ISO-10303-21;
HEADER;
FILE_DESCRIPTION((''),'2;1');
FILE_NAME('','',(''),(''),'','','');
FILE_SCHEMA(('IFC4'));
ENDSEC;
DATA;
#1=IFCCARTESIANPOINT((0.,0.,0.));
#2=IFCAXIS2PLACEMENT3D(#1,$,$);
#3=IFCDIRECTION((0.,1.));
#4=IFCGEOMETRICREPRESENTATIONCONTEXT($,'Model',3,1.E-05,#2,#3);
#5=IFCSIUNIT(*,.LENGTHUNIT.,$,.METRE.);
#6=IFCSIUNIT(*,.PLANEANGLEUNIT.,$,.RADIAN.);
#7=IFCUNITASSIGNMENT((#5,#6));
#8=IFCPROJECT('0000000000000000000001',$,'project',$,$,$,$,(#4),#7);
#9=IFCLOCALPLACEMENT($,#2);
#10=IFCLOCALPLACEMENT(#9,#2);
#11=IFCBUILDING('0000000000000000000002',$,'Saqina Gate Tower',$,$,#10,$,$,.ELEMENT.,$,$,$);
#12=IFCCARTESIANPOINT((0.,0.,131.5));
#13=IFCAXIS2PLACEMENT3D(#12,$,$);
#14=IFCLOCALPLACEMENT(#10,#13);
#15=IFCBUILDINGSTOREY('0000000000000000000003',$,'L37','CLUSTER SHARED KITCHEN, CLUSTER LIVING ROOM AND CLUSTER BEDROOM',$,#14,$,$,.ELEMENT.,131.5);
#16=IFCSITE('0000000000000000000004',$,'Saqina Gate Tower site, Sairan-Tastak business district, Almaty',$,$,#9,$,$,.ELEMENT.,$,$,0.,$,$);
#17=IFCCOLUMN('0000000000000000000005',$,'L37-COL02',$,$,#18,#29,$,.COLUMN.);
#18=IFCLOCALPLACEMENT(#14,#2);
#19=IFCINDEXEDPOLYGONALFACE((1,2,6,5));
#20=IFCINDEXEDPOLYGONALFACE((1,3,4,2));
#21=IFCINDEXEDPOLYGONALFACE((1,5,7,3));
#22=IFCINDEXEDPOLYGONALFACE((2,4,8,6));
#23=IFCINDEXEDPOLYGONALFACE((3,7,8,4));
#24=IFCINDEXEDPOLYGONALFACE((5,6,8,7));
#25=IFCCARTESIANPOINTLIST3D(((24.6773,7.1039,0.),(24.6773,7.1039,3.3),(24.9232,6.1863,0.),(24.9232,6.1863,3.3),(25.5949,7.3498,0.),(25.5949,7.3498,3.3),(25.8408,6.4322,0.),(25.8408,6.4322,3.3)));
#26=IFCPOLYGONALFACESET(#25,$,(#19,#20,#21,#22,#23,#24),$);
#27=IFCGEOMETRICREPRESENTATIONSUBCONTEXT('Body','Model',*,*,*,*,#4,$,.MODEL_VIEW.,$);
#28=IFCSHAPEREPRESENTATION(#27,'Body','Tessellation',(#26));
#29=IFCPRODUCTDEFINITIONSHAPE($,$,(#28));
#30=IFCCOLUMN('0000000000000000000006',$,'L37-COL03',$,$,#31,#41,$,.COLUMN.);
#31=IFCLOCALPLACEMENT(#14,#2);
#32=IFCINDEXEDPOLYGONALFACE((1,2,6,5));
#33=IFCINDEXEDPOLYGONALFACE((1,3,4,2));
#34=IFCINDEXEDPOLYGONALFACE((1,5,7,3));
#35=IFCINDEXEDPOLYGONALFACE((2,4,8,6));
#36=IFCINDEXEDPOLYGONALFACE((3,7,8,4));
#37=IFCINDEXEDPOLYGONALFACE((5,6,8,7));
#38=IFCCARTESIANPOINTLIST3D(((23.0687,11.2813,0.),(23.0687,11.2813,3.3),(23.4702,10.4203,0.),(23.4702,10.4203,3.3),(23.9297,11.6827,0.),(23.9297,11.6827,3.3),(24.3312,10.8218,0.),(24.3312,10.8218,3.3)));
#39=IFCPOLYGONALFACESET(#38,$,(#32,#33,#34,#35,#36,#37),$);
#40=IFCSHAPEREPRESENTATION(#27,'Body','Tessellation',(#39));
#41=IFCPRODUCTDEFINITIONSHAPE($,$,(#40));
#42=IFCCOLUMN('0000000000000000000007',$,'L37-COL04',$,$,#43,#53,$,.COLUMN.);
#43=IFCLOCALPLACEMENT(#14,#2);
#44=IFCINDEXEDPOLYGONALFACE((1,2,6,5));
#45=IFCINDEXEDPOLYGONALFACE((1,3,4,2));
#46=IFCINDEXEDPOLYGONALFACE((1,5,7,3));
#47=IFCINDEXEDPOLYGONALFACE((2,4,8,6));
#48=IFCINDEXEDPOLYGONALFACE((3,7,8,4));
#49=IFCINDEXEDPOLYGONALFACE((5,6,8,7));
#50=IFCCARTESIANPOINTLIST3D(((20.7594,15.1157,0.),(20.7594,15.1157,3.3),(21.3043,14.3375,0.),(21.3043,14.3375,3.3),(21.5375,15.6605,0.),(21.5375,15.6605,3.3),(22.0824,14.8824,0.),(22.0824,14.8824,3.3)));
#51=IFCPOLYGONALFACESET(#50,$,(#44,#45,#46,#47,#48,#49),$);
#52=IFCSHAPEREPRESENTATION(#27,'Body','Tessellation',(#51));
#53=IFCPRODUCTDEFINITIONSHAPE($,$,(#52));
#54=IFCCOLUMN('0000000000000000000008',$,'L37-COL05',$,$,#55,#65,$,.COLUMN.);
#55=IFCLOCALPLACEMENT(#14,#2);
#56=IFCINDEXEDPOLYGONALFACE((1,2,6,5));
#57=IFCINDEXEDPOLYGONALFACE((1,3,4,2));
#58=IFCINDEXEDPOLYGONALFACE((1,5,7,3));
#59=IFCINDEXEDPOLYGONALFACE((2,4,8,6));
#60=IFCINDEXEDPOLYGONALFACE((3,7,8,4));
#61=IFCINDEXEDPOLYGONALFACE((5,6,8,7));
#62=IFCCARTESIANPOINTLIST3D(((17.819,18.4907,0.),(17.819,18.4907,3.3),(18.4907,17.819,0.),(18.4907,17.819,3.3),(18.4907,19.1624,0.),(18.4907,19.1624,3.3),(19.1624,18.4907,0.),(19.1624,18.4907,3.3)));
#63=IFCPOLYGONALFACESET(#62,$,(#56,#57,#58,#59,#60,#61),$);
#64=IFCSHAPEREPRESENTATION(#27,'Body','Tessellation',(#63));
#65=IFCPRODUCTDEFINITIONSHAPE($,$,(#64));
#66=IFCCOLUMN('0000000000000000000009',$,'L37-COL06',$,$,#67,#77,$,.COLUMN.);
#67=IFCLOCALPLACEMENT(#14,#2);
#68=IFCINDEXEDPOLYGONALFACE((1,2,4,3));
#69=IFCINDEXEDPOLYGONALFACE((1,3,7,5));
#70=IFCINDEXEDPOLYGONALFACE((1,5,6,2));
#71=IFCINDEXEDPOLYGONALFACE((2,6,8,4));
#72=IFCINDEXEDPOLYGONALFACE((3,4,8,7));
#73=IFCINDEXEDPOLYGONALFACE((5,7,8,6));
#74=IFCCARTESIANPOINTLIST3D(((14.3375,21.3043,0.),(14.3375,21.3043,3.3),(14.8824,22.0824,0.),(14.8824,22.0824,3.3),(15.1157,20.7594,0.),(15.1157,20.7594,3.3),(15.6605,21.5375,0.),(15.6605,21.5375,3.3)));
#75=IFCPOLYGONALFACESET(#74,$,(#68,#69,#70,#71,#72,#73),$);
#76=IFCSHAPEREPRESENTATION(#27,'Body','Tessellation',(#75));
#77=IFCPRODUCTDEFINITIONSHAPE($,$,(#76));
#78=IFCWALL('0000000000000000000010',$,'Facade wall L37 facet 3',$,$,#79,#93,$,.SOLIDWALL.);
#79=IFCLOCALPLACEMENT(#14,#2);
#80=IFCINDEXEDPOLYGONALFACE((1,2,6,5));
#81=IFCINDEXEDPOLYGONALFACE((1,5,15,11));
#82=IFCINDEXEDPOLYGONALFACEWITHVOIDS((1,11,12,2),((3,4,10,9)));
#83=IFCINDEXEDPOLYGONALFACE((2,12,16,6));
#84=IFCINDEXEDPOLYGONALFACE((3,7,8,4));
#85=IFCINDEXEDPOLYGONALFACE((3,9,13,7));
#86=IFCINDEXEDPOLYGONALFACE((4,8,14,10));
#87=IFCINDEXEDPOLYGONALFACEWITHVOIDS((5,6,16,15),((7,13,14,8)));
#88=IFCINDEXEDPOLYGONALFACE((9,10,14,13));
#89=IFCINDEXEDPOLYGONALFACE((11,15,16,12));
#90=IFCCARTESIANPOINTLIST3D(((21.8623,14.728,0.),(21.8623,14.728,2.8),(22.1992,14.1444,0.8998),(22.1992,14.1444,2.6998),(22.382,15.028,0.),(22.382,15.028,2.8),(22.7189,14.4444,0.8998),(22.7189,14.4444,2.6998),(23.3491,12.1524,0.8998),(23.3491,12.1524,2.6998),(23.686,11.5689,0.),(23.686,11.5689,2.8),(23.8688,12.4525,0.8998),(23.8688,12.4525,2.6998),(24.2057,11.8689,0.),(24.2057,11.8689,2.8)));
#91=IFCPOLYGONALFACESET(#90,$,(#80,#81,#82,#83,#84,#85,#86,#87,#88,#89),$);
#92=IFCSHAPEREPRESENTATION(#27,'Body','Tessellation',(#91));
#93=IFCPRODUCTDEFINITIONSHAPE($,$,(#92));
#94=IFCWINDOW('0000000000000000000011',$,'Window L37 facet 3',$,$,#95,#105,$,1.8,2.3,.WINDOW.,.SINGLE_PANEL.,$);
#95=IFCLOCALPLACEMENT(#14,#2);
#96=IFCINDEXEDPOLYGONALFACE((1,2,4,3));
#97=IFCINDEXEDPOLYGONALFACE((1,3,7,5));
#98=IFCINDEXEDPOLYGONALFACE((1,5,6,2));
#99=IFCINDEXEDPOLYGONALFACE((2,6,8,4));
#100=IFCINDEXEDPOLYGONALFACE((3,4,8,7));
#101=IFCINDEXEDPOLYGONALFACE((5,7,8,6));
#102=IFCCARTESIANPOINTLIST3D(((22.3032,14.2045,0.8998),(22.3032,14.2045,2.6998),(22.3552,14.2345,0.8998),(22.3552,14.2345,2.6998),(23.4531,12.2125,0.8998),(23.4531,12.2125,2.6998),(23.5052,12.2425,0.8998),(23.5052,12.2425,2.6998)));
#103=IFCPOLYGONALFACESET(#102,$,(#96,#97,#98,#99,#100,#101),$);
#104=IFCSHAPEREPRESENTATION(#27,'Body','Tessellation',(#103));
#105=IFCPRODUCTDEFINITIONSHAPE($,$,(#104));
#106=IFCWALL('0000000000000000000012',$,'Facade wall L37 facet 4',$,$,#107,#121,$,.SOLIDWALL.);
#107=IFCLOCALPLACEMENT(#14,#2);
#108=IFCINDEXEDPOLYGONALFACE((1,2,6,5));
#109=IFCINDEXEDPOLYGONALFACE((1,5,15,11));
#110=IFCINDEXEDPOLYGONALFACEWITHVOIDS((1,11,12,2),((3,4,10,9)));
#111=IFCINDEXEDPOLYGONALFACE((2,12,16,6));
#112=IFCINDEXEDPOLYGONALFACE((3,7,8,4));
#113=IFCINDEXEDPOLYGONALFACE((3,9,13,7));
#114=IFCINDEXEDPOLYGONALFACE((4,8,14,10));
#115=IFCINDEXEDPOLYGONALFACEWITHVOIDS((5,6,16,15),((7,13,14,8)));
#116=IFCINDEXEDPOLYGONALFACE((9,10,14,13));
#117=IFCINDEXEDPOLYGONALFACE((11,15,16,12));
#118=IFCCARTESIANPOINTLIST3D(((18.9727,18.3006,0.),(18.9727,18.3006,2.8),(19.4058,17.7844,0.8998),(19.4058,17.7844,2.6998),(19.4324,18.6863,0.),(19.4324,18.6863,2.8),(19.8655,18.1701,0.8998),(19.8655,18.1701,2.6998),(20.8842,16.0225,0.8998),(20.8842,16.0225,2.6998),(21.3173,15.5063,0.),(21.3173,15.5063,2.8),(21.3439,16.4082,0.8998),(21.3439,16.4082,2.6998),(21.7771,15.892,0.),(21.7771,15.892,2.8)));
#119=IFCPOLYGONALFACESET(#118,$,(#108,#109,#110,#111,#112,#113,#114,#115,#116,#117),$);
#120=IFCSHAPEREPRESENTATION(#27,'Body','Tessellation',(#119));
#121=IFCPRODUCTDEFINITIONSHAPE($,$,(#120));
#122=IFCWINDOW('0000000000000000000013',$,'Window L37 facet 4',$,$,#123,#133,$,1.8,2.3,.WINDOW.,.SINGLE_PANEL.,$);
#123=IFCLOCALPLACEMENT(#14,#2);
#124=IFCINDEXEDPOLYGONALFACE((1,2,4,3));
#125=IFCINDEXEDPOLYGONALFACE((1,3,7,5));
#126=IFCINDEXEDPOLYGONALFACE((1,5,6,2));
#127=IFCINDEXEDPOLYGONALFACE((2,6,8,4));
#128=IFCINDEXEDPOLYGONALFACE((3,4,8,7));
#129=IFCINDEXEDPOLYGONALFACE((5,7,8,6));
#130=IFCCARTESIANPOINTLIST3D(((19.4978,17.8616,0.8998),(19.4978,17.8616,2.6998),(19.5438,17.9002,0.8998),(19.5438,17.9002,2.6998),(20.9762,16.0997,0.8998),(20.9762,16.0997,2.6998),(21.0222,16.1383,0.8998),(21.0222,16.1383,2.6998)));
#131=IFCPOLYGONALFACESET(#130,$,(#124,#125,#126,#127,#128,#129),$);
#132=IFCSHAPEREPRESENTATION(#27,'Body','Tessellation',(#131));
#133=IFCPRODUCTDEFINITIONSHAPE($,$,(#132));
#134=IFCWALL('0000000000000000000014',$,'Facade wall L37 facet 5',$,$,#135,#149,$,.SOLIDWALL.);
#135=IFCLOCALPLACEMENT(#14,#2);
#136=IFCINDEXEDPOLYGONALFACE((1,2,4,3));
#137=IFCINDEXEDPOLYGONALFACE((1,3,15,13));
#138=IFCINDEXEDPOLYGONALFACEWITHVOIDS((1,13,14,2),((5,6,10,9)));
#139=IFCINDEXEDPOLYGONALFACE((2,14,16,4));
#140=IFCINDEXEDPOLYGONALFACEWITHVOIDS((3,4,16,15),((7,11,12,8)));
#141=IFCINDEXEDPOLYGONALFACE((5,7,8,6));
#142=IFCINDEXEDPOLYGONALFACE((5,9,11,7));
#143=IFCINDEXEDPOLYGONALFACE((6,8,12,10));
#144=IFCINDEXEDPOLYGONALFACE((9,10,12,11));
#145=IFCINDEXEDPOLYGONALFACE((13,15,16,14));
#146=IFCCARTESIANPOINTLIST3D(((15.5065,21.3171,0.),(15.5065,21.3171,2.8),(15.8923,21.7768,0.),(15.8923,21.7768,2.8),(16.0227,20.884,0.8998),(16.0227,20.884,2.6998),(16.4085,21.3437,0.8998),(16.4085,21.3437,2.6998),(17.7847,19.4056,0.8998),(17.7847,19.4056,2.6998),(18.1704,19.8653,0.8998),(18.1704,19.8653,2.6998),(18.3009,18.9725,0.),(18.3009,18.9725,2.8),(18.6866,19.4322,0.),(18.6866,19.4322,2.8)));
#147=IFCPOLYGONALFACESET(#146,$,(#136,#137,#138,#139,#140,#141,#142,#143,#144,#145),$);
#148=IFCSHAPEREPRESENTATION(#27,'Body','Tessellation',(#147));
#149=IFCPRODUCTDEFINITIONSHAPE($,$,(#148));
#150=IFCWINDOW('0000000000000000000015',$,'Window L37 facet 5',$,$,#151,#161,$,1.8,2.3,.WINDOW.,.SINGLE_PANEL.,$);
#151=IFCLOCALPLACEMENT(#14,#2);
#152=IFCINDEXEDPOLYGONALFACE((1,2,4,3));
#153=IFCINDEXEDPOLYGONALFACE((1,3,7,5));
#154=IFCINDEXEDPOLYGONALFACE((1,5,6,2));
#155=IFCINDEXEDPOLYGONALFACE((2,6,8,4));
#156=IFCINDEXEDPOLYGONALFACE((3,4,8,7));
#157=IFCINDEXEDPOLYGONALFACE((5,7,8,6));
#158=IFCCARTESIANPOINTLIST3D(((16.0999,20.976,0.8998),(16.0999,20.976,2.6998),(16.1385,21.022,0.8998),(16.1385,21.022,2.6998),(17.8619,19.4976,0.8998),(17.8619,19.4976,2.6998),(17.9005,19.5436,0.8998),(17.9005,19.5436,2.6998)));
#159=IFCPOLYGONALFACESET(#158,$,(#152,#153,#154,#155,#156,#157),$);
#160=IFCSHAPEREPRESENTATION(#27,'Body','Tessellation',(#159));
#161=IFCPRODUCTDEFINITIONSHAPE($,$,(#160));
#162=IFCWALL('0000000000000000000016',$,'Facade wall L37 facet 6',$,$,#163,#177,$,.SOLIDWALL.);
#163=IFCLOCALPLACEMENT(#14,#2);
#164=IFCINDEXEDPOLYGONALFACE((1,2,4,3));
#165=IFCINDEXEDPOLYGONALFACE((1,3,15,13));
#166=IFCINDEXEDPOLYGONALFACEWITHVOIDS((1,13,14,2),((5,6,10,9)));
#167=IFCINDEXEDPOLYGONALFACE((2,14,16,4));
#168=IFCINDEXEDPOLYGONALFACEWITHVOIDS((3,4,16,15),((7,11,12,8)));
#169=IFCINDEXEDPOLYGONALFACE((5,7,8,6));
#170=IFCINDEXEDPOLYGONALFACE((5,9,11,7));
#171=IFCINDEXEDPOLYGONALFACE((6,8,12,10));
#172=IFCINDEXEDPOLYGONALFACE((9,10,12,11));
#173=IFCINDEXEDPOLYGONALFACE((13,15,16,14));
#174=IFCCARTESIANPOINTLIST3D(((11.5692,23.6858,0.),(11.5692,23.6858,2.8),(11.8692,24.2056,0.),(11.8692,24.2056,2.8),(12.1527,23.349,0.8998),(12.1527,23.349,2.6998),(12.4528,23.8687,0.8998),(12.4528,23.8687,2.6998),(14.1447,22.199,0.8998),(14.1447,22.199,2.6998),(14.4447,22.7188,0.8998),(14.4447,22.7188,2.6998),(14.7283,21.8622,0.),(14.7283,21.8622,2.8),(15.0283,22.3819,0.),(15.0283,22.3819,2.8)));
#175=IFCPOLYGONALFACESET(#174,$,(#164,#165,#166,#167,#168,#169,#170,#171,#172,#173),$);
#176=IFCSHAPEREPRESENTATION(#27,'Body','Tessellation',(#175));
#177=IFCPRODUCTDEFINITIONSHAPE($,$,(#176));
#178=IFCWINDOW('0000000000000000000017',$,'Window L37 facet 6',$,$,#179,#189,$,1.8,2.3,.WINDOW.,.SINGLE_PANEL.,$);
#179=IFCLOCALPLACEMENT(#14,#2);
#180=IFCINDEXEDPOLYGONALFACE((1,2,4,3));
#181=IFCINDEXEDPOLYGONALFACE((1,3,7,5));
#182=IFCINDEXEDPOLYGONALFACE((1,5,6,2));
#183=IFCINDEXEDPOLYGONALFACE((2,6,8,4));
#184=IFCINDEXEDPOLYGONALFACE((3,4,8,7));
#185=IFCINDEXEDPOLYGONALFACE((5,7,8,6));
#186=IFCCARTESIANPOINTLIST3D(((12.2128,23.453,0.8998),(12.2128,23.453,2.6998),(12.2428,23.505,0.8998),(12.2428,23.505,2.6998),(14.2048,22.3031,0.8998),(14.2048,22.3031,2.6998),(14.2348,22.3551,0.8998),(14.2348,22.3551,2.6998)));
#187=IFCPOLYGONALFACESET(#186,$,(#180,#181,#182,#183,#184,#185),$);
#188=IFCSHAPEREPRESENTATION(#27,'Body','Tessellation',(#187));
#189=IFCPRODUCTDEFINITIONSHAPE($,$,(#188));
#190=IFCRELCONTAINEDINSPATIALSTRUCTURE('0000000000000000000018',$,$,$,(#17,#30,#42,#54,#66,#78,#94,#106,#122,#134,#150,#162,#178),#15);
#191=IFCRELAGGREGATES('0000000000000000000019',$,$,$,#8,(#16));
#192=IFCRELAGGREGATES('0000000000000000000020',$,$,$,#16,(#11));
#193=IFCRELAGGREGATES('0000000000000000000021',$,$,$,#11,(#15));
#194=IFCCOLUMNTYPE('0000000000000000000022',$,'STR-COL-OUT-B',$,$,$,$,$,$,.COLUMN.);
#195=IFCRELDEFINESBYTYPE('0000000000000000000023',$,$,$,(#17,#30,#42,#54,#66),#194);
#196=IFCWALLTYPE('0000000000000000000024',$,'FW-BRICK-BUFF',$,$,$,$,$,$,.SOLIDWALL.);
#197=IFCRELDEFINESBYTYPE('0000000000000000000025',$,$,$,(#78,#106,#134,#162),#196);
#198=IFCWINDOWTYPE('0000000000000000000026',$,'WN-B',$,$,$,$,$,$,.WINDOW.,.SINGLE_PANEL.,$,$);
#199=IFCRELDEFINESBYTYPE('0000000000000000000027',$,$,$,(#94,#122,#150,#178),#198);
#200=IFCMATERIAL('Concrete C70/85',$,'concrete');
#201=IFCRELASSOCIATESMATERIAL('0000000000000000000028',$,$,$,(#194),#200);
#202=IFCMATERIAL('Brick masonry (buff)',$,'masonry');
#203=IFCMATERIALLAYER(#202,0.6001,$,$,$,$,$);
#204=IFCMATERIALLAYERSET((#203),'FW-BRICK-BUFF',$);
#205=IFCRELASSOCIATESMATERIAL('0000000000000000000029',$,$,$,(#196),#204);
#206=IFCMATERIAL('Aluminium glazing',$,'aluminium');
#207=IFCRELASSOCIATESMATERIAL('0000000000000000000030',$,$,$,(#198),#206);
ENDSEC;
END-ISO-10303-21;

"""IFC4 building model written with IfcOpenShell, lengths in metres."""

from ifc_helpers import new_model, si_unit, direction, frame, frame_2d, origin, origin_2d, place, context, subcontext, project, spatial, rectangle, extrude, material, layer, layer_set, material_profile, profile_set, type_object, element, fill, save


model = new_model("IFC4")

# Units and contexts
model_context = context("Model", 3, precision=1e-05, world=origin(), true_north=direction((0.0, 1.0)))
body_context = subcontext(model_context, "Body", "Model", "MODEL_VIEW")
ifc_project = project(units=[si_unit("LENGTHUNIT", "METRE"), si_unit("PLANEANGLEUNIT", "RADIAN")], contexts=[model_context])

# Site, building, storey
site_placement = place(None, origin())
site = spatial("IfcSite", under=ifc_project, at=site_placement, Name="Saqina Gate Tower site, Sairan-Tastak business district, Almaty", CompositionType="ELEMENT", RefElevation=0.0)
building_placement = place(site_placement, origin())
building = spatial("IfcBuilding", under=site, at=building_placement, Name="Saqina Gate Tower", CompositionType="ELEMENT")
storey_placement = place(building_placement, frame((0.0, 0.0, 131.5)))
storey = spatial("IfcBuildingStorey", under=building, at=storey_placement, Name="L37", Description="CLUSTER SHARED KITCHEN, CLUSTER LIVING ROOM AND CLUSTER BEDROOM", CompositionType="ELEMENT", Elevation=131.5)

# Columns
ifc_material_1 = material(Name="Concrete C70/85", Category="concrete")
ifc_material_profile = material_profile(ifc_material_1, rectangle(XDim=0.95, YDim=0.95, at=origin_2d()), Name="RC 950x950")
ifc_profile_set = profile_set([ifc_material_profile], Name="Concrete C70/85")
column_type = type_object("IfcColumnType", Name="STR-COL-OUT-B", PredefinedType="COLUMN", material=ifc_profile_set)
for number, where, z_axis, x_axis, name in (
    (1, (25.259, 6.7681, 0.0), (0.0, 0.0, 1.0), (0.965926, 0.258819, 0.0), "L37-COL02"),
    (2, (23.7, 11.0515, 0.0), (0.0, 0.0, 1.0), (0.906308, 0.422618, 0.0), "L37-COL03"),
    (3, (21.4209, 14.999, 0.0), (0.0, 0.0, 1.0), (0.819152, 0.573576, 0.0), "L37-COL04"),
    (4, (18.4907, 18.4907, 0.0), (0.0, 0.0, 1.0), (0.707107, 0.707107, 0.0), "L37-COL05"),
    (5, (14.999, 21.4209, 0.0), (0.0, 0.0, 1.0), (0.573576, 0.819152, 0.0), "L37-COL06"),
):
    element("IfcColumn", number, at=place(storey_placement, frame(where, z_axis=z_axis, x_axis=x_axis)), inside=storey, type_object=column_type, Name=name, PredefinedType="COLUMN", context=body_context, shape_type="SweptSolid", body=[
        extrude(rectangle(XDim=0.95, YDim=0.95, at=origin_2d()), origin(), (0.0, 0.0, 1.0), 3.3),
    ])

# Walls, openings, windows
ifc_material_2 = material(Name="Brick masonry (buff)", Category="masonry")
ifc_layer_1 = layer(ifc_material_2, 0.6001)
ifc_layer_set_1 = layer_set([ifc_layer_1], Name="FW-BRICK-BUFF")
wall_type_1 = type_object("IfcWallType", Name="FW-BRICK-BUFF", PredefinedType="SOLIDWALL", material=ifc_layer_set_1)
wall_1_placement = place(storey_placement, frame((23.9458, 11.719, 0.0), z_axis=(0.0, 0.0, 1.0), x_axis=(-0.499954, 0.866052, 0.0)))
wall_1 = element("IfcWall", 6, at=wall_1_placement, inside=storey, type_object=wall_type_1, Name="Facade wall L37 facet 3", PredefinedType="SOLIDWALL", context=body_context, shape_type="SweptSolid", body=[
    extrude(rectangle(XDim=3.6477, YDim=0.6001, at=frame_2d((1.8237, 0.0))), origin(), (0.0, 0.0, 1.0), 2.8),
])
opening_1_placement = place(wall_1_placement, frame((0.6738, 0.0, 0.8999)))
opening_1 = element("IfcOpeningElement", 7, at=opening_1_placement, cuts=wall_1, PredefinedType="OPENING", context=body_context, shape_type="SweptSolid", body=[
    extrude(rectangle(XDim=2.3, YDim=1.8, at=frame_2d((1.1499, 0.8999))), frame((0.0, 0.312, 0.0), z_axis=(0.0, -1.0, 0.0), x_axis=(1.0, 0.0, 0.0)), (0.0, 0.0, 1.0), 0.624),
])
ifc_material_3 = material(Name="Aluminium glazing", Category="aluminium")
window_type = type_object("IfcWindowType", Name="WN-B", PartitioningType="SINGLE_PANEL", PredefinedType="WINDOW", material=ifc_material_3)
window_1_placement = place(opening_1_placement, origin())
window_1 = element("IfcWindow", 8, at=window_1_placement, inside=storey, type_object=window_type, Name="Window L37 facet 3", OverallHeight=1.8, OverallWidth=2.3, PartitioningType="SINGLE_PANEL", PredefinedType="WINDOW", context=body_context, shape_type="SweptSolid", body=[
    extrude(rectangle(XDim=2.3, YDim=1.8, at=frame_2d((1.1499, 0.8999))), frame((0.0, 0.1799, 0.0), z_axis=(0.0, -1.0, 0.0), x_axis=(1.0, 0.0, 0.0)), (0.0, 0.0, 1.0), 0.0601),
])
fill(opening_1, window_1)
wall_2_placement = place(storey_placement, frame((21.5471, 15.6992, 0.0), z_axis=(0.0, 0.0, 1.0), x_axis=(-0.642774, 0.766055, 0.0)))
wall_2 = element("IfcWall", 9, at=wall_2_placement, inside=storey, type_object=wall_type_1, Name="Facade wall L37 facet 4", PredefinedType="SOLIDWALL", context=body_context, shape_type="SweptSolid", body=[
    extrude(rectangle(XDim=3.6477, YDim=0.6001, at=frame_2d((1.8237, 0.0))), origin(), (0.0, 0.0, 1.0), 2.8),
])
opening_2_placement = place(wall_2_placement, frame((0.6738, 0.0, 0.8999)))
opening_2 = element("IfcOpeningElement", 10, at=opening_2_placement, cuts=wall_2, PredefinedType="OPENING", context=body_context, shape_type="SweptSolid", body=[
    extrude(rectangle(XDim=2.3, YDim=1.8, at=frame_2d((1.1499, 0.8999))), frame((0.0, 0.312, 0.0), z_axis=(0.0, -1.0, 0.0), x_axis=(1.0, 0.0, 0.0)), (0.0, 0.0, 1.0), 0.624),
])
window_2_placement = place(opening_2_placement, origin())
window_2 = element("IfcWindow", 11, at=window_2_placement, inside=storey, type_object=window_type, Name="Window L37 facet 4", OverallHeight=1.8, OverallWidth=2.3, PartitioningType="SINGLE_PANEL", PredefinedType="WINDOW", context=body_context, shape_type="SweptSolid", body=[
    extrude(rectangle(XDim=2.3, YDim=1.8, at=frame_2d((1.1499, 0.8999))), frame((0.0, 0.1799, 0.0), z_axis=(0.0, -1.0, 0.0), x_axis=(1.0, 0.0, 0.0)), (0.0, 0.0, 1.0), 0.0601),
])
fill(opening_2, window_2)
wall_3_placement = place(storey_placement, frame((18.4937, 19.2024, 0.0), z_axis=(0.0, 0.0, 1.0), x_axis=(-0.766055, 0.642774, 0.0)))
wall_3 = element("IfcWall", 12, at=wall_3_placement, inside=storey, type_object=wall_type_1, Name="Facade wall L37 facet 5", PredefinedType="SOLIDWALL", context=body_context, shape_type="SweptSolid", body=[
    extrude(rectangle(XDim=3.6477, YDim=0.6001, at=frame_2d((1.8237, 0.0))), origin(), (0.0, 0.0, 1.0), 2.8),
])
opening_3_placement = place(wall_3_placement, frame((0.6738, 0.0, 0.8999)))
opening_3 = element("IfcOpeningElement", 13, at=opening_3_placement, cuts=wall_3, PredefinedType="OPENING", context=body_context, shape_type="SweptSolid", body=[
    extrude(rectangle(XDim=2.3, YDim=1.8, at=frame_2d((1.1499, 0.8999))), frame((0.0, 0.312, 0.0), z_axis=(0.0, -1.0, 0.0), x_axis=(1.0, 0.0, 0.0)), (0.0, 0.0, 1.0), 0.624),
])
window_3_placement = place(opening_3_placement, origin())
window_3 = element("IfcWindow", 14, at=window_3_placement, inside=storey, type_object=window_type, Name="Window L37 facet 5", OverallHeight=1.8, OverallWidth=2.3, PartitioningType="SINGLE_PANEL", PredefinedType="WINDOW", context=body_context, shape_type="SweptSolid", body=[
    extrude(rectangle(XDim=2.3, YDim=1.8, at=frame_2d((1.1499, 0.8999))), frame((0.0, 0.1799, 0.0), z_axis=(0.0, -1.0, 0.0), x_axis=(1.0, 0.0, 0.0)), (0.0, 0.0, 1.0), 0.0601),
])
fill(opening_3, window_3)
wall_4_placement = place(storey_placement, frame((14.8782, 22.1221, 0.0), z_axis=(0.0, 0.0, 1.0), x_axis=(-0.866052, 0.499954, 0.0)))
wall_4 = element("IfcWall", 15, at=wall_4_placement, inside=storey, type_object=wall_type_1, Name="Facade wall L37 facet 6", PredefinedType="SOLIDWALL", context=body_context, shape_type="SweptSolid", body=[
    extrude(rectangle(XDim=3.6477, YDim=0.6001, at=frame_2d((1.8237, 0.0))), origin(), (0.0, 0.0, 1.0), 2.8),
])
opening_4_placement = place(wall_4_placement, frame((0.6738, 0.0, 0.8999)))
opening_4 = element("IfcOpeningElement", 16, at=opening_4_placement, cuts=wall_4, PredefinedType="OPENING", context=body_context, shape_type="SweptSolid", body=[
    extrude(rectangle(XDim=2.3, YDim=1.8, at=frame_2d((1.1499, 0.8999))), frame((0.0, 0.312, 0.0), z_axis=(0.0, -1.0, 0.0), x_axis=(1.0, 0.0, 0.0)), (0.0, 0.0, 1.0), 0.624),
])
window_4_placement = place(opening_4_placement, origin())
window_4 = element("IfcWindow", 17, at=window_4_placement, inside=storey, type_object=window_type, Name="Window L37 facet 6", OverallHeight=1.8, OverallWidth=2.3, PartitioningType="SINGLE_PANEL", PredefinedType="WINDOW", context=body_context, shape_type="SweptSolid", body=[
    extrude(rectangle(XDim=2.3, YDim=1.8, at=frame_2d((1.1499, 0.8999))), frame((0.0, 0.1799, 0.0), z_axis=(0.0, -1.0, 0.0), x_axis=(1.0, 0.0, 0.0)), (0.0, 0.0, 1.0), 0.0601),
])
fill(opening_4, window_4)

save(model, "model.ifc")
